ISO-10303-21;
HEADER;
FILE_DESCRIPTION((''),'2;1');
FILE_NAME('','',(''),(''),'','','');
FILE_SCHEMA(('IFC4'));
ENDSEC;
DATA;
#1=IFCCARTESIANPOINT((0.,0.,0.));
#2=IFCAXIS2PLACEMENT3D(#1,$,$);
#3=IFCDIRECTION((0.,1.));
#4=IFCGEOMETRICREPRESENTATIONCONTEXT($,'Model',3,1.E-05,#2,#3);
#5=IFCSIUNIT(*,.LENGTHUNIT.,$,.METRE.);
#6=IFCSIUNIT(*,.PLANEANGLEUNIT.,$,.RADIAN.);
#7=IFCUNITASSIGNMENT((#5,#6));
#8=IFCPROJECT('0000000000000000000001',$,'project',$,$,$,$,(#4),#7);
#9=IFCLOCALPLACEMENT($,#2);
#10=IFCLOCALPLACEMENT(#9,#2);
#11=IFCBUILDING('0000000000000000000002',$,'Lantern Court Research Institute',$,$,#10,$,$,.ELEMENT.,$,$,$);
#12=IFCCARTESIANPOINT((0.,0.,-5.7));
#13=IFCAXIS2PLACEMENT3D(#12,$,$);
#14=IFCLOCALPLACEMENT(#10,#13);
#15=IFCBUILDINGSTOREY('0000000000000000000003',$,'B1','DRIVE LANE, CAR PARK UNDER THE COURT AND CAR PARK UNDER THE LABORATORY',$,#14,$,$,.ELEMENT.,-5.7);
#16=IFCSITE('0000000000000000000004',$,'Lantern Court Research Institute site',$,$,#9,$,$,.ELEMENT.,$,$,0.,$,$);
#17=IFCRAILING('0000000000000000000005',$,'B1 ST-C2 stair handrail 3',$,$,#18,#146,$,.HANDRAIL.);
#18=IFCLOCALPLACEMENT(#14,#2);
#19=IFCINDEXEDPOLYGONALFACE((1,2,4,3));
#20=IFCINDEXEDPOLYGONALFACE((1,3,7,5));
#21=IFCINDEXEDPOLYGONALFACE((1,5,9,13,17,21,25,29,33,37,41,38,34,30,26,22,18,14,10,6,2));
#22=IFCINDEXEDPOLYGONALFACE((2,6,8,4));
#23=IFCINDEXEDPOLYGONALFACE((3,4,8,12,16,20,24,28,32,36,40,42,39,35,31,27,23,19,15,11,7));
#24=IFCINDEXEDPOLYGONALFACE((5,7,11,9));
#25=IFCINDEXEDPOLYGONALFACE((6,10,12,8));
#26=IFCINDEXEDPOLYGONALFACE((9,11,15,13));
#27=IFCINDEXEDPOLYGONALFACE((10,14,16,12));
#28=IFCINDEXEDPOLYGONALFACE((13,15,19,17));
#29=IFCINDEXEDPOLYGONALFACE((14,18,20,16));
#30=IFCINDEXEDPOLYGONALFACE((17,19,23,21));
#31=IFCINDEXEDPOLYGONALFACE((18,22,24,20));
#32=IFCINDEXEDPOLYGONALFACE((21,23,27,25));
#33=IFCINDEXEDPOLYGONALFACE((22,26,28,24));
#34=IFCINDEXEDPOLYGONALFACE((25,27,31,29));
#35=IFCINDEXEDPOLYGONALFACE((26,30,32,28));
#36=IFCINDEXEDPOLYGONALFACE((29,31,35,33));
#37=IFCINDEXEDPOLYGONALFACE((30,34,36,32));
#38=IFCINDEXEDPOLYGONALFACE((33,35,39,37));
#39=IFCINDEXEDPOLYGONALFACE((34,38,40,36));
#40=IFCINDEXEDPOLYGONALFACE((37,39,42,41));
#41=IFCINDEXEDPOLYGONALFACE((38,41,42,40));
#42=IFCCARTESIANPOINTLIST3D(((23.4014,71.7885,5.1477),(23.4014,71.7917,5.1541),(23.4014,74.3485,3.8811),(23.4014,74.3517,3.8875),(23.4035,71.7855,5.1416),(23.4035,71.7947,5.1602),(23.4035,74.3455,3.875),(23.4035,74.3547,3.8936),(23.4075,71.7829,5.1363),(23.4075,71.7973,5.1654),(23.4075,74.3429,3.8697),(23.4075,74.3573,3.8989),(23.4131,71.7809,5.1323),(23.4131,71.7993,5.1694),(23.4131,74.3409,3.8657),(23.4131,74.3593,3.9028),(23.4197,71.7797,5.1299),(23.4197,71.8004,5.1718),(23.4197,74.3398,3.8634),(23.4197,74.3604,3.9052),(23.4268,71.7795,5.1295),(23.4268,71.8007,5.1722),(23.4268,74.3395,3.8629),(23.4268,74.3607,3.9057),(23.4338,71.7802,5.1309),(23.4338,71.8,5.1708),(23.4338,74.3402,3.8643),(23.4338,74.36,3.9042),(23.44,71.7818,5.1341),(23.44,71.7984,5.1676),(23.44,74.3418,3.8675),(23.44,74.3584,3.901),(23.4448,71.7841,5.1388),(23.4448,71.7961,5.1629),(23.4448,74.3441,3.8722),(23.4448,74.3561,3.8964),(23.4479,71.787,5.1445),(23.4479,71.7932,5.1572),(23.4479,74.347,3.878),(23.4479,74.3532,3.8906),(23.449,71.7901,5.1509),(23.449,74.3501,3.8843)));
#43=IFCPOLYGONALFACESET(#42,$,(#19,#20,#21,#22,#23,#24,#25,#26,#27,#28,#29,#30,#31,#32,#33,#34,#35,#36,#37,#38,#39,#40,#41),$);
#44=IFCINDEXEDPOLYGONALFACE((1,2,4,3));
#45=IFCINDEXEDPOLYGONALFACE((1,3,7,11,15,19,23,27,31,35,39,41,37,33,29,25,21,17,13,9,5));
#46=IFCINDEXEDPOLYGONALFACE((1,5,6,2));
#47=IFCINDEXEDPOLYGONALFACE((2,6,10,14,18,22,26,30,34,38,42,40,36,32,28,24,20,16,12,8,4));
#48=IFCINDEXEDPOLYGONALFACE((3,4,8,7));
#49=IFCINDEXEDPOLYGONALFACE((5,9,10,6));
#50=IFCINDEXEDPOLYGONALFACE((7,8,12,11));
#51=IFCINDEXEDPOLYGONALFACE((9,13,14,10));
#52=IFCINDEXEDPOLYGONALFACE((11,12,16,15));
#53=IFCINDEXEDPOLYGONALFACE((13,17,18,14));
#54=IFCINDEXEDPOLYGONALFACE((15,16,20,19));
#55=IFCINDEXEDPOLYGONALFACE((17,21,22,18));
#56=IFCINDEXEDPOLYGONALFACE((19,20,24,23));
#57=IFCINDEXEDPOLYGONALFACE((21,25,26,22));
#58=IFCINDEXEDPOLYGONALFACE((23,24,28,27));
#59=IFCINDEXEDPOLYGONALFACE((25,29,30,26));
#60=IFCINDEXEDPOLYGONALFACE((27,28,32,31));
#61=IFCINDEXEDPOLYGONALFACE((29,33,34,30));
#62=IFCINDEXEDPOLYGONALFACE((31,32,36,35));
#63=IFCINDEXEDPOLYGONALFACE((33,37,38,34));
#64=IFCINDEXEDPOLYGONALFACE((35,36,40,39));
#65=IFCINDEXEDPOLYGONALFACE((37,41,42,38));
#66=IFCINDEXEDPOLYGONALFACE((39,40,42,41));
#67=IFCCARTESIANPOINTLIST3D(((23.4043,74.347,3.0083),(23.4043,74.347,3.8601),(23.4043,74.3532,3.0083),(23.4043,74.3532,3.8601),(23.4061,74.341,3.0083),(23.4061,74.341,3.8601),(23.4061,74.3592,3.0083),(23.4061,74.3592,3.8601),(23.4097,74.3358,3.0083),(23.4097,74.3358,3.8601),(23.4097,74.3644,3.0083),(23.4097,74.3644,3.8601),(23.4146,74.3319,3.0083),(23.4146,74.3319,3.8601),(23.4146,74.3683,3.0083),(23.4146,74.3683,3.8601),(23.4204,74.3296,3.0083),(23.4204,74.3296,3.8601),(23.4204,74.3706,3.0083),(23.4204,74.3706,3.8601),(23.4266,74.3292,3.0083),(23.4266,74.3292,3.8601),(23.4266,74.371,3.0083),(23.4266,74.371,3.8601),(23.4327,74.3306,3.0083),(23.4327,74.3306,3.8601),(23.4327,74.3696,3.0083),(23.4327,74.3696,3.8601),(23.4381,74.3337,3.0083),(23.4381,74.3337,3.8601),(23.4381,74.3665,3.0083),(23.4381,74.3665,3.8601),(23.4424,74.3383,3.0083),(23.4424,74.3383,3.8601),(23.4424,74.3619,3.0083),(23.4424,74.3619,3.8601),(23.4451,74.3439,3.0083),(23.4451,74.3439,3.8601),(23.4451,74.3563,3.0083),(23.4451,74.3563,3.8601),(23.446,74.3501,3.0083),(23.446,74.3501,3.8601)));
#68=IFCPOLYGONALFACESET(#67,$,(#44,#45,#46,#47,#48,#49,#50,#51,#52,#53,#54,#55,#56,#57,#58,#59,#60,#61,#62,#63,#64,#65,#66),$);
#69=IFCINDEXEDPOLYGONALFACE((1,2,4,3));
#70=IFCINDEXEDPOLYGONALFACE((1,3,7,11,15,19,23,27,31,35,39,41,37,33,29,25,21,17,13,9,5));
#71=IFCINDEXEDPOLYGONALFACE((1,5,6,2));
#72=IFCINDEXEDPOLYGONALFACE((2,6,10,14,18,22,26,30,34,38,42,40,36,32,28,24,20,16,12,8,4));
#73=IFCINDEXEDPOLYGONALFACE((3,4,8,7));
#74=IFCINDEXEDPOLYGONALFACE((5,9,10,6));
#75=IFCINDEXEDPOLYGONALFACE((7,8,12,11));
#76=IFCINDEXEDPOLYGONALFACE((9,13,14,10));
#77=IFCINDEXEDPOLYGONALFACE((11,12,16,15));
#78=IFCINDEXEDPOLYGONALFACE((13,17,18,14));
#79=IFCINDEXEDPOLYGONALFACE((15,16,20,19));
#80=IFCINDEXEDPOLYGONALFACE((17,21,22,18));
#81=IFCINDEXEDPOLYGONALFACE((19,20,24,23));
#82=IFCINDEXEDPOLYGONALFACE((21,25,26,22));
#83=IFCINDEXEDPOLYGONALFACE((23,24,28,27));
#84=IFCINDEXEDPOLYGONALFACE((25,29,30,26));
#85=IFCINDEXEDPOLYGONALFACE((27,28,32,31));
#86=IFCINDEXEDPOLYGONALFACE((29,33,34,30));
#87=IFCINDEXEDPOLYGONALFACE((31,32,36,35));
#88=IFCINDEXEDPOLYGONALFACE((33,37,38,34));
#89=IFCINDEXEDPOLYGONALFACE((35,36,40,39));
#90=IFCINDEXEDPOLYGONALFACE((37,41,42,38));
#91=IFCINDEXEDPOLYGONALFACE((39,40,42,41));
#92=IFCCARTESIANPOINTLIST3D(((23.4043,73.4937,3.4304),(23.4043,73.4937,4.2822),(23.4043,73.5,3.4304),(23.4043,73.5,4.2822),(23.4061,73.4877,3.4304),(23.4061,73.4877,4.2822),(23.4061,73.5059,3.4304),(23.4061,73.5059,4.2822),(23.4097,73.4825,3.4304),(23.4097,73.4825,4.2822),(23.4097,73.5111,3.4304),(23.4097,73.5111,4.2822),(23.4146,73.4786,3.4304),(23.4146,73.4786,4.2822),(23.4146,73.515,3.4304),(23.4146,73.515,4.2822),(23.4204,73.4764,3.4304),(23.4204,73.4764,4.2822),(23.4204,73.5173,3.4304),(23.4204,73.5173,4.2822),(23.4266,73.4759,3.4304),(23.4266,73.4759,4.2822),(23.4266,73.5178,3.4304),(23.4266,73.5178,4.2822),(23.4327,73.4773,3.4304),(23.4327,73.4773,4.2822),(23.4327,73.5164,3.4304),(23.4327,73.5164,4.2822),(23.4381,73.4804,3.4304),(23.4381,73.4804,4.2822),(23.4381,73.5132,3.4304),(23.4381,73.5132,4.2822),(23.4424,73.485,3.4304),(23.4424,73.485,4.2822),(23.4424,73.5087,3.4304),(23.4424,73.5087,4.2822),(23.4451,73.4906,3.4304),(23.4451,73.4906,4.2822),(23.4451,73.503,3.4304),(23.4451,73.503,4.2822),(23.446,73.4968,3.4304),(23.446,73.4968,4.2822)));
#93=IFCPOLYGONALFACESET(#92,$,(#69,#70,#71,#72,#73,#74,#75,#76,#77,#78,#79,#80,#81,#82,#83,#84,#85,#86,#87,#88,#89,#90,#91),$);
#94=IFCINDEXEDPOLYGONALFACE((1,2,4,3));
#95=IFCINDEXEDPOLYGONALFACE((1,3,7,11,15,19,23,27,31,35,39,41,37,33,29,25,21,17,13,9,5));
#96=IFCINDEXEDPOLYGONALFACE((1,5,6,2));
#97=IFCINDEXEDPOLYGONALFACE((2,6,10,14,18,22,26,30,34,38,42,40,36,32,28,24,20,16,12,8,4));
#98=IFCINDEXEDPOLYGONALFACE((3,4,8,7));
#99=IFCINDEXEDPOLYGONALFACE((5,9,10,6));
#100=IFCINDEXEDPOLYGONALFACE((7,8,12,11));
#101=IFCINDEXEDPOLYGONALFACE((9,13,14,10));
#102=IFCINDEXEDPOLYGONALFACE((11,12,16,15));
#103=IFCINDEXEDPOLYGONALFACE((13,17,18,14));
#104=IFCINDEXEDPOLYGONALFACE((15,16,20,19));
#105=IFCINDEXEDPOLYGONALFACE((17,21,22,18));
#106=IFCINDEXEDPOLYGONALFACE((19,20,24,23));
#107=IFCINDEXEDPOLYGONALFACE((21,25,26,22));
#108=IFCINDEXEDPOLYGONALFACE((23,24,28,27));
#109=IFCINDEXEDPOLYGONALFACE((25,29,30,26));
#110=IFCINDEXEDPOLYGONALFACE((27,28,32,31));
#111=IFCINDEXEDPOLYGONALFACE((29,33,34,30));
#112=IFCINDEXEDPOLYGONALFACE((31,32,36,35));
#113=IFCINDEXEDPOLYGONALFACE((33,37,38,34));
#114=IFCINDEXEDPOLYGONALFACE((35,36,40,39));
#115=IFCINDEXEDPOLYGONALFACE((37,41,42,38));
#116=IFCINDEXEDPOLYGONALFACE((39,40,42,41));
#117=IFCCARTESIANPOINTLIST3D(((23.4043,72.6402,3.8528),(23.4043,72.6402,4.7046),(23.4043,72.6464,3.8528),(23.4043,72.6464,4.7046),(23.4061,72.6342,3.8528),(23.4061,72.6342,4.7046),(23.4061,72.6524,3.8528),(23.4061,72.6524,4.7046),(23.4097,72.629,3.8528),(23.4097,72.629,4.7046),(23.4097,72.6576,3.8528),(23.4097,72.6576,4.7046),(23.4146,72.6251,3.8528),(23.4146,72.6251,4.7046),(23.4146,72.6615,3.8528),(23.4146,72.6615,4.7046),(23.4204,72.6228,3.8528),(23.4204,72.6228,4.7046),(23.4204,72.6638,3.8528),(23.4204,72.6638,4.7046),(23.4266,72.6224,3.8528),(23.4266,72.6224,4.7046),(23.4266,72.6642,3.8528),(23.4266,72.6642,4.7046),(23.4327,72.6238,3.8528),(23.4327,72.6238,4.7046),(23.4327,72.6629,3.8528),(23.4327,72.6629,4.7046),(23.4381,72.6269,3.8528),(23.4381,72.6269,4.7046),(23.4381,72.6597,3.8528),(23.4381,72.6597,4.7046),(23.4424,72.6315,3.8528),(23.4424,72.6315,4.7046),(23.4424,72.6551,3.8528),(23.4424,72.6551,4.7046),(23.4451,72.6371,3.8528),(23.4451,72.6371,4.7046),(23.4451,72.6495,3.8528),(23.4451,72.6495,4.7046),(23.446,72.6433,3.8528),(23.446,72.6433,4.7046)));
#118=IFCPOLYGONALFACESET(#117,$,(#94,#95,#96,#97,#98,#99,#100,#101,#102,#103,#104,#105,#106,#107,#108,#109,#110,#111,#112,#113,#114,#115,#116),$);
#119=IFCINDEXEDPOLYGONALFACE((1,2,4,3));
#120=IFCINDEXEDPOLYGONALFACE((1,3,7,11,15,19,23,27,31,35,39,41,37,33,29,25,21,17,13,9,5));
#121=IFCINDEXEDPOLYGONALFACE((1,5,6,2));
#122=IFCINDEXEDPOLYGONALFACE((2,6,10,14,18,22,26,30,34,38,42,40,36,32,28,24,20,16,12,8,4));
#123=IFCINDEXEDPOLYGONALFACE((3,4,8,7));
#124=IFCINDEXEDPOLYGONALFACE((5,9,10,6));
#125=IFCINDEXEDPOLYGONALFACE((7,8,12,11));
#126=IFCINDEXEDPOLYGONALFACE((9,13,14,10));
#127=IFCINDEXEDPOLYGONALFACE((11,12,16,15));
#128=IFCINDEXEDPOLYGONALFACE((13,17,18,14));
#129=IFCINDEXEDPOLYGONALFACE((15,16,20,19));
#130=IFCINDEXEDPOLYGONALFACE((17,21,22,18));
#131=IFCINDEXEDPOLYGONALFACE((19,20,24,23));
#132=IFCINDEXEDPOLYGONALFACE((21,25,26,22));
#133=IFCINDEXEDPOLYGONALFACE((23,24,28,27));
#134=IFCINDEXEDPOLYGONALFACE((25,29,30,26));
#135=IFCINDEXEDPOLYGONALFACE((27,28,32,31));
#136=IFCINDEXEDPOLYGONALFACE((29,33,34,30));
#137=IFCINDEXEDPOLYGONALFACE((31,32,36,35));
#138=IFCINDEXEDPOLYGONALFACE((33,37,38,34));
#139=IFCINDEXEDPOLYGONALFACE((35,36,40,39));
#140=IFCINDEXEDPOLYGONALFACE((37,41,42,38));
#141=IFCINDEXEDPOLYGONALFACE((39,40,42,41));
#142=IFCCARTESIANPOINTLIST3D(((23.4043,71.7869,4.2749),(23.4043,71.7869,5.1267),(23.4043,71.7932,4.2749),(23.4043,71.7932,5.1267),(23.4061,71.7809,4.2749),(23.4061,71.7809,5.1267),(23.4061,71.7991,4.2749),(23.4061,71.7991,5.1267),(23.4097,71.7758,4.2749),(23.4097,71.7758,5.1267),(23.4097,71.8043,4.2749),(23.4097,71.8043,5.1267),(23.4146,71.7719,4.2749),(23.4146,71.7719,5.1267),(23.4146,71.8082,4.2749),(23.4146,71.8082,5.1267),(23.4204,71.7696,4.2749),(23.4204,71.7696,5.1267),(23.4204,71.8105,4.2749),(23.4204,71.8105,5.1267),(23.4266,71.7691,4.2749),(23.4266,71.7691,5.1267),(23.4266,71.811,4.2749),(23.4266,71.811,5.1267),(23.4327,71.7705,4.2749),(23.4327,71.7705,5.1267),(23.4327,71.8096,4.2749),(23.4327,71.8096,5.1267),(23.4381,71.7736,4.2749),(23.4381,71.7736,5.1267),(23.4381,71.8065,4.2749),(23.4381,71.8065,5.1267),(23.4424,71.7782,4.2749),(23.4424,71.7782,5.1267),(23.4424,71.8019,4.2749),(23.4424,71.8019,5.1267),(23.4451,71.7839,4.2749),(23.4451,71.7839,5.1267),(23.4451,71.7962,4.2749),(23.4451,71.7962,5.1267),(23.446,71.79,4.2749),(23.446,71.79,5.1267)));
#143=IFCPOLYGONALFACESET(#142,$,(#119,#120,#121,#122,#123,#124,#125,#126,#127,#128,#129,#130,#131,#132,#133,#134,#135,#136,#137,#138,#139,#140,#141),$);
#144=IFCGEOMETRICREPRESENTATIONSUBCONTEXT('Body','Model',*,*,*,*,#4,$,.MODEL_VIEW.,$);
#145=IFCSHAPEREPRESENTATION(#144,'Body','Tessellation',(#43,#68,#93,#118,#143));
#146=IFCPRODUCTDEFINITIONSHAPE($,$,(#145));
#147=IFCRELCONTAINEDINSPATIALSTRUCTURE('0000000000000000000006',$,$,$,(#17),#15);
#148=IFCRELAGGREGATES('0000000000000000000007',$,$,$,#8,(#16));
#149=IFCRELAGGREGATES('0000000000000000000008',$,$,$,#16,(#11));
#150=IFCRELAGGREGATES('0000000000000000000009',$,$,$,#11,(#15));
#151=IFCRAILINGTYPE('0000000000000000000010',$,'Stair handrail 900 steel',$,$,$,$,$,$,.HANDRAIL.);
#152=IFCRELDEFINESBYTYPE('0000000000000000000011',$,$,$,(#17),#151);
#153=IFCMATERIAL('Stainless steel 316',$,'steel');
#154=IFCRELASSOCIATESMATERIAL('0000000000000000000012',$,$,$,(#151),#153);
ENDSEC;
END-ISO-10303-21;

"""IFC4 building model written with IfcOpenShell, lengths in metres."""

from ifc_helpers import new_model, si_unit, direction, frame, origin, origin_2d, place, context, subcontext, project, spatial, circle, extrude, material, type_object, element, save


model = new_model("IFC4")

# Units and contexts
model_context = context("Model", 3, precision=1e-05, world=origin(), true_north=direction((0.0, 1.0)))
body_context = subcontext(model_context, "Body", "Model", "MODEL_VIEW")
ifc_project = project(units=[si_unit("LENGTHUNIT", "METRE"), si_unit("PLANEANGLEUNIT", "RADIAN")], contexts=[model_context])

# Site, building, storey
site_placement = place(None, origin())
site = spatial("IfcSite", under=ifc_project, at=site_placement, Name="Lantern Court Research Institute site", CompositionType="ELEMENT", RefElevation=0.0)
building_placement = place(site_placement, origin())
building = spatial("IfcBuilding", under=site, at=building_placement, Name="Lantern Court Research Institute", CompositionType="ELEMENT")
storey_placement = place(building_placement, frame((0.0, 0.0, -5.7)))
storey = spatial("IfcBuildingStorey", under=building, at=storey_placement, Name="B1", Description="DRIVE LANE, CAR PARK UNDER THE COURT AND CAR PARK UNDER THE LABORATORY", CompositionType="ELEMENT", Elevation=-5.7)

# Railing
ifc_material_1 = material(Name="Stainless steel 316", Category="steel")
railing_type_1 = type_object("IfcRailingType", Name="Stair handrail 900 steel", PredefinedType="HANDRAIL", material=ifc_material_1)
railing_1_placement = place(storey_placement, frame((23.425, 74.3501, 3.0083)))
element("IfcRailing", 1, at=railing_1_placement, inside=storey, type_object=railing_type_1, Name="B1 ST-C2 stair handrail 3", PredefinedType="HANDRAIL", context=body_context, shape_type="SweptSolid", body=[
    extrude(circle(Radius=0.0239, at=origin_2d()), frame((0.0, 0.0, 0.876), z_axis=(0.0, -0.8963, 0.443449), x_axis=(1.0, 0.0, 0.0)), (0.0, 0.0, 1.0), 2.8562),
    extrude(circle(Radius=0.021, at=origin_2d()), origin(), (0.0, 0.0, 1.0), 0.8518),
    extrude(circle(Radius=0.021, at=origin_2d()), frame((0.0, -0.8533, 0.4221)), (0.0, 0.0, 1.0), 0.8518),
    extrude(circle(Radius=0.021, at=origin_2d()), frame((0.0, -1.7068, 0.8445)), (0.0, 0.0, 1.0), 0.8518),
    extrude(circle(Radius=0.021, at=origin_2d()), frame((0.0, -2.5601, 1.2666)), (0.0, 0.0, 1.0), 0.8518),
])

save(model, "model.ifc")
